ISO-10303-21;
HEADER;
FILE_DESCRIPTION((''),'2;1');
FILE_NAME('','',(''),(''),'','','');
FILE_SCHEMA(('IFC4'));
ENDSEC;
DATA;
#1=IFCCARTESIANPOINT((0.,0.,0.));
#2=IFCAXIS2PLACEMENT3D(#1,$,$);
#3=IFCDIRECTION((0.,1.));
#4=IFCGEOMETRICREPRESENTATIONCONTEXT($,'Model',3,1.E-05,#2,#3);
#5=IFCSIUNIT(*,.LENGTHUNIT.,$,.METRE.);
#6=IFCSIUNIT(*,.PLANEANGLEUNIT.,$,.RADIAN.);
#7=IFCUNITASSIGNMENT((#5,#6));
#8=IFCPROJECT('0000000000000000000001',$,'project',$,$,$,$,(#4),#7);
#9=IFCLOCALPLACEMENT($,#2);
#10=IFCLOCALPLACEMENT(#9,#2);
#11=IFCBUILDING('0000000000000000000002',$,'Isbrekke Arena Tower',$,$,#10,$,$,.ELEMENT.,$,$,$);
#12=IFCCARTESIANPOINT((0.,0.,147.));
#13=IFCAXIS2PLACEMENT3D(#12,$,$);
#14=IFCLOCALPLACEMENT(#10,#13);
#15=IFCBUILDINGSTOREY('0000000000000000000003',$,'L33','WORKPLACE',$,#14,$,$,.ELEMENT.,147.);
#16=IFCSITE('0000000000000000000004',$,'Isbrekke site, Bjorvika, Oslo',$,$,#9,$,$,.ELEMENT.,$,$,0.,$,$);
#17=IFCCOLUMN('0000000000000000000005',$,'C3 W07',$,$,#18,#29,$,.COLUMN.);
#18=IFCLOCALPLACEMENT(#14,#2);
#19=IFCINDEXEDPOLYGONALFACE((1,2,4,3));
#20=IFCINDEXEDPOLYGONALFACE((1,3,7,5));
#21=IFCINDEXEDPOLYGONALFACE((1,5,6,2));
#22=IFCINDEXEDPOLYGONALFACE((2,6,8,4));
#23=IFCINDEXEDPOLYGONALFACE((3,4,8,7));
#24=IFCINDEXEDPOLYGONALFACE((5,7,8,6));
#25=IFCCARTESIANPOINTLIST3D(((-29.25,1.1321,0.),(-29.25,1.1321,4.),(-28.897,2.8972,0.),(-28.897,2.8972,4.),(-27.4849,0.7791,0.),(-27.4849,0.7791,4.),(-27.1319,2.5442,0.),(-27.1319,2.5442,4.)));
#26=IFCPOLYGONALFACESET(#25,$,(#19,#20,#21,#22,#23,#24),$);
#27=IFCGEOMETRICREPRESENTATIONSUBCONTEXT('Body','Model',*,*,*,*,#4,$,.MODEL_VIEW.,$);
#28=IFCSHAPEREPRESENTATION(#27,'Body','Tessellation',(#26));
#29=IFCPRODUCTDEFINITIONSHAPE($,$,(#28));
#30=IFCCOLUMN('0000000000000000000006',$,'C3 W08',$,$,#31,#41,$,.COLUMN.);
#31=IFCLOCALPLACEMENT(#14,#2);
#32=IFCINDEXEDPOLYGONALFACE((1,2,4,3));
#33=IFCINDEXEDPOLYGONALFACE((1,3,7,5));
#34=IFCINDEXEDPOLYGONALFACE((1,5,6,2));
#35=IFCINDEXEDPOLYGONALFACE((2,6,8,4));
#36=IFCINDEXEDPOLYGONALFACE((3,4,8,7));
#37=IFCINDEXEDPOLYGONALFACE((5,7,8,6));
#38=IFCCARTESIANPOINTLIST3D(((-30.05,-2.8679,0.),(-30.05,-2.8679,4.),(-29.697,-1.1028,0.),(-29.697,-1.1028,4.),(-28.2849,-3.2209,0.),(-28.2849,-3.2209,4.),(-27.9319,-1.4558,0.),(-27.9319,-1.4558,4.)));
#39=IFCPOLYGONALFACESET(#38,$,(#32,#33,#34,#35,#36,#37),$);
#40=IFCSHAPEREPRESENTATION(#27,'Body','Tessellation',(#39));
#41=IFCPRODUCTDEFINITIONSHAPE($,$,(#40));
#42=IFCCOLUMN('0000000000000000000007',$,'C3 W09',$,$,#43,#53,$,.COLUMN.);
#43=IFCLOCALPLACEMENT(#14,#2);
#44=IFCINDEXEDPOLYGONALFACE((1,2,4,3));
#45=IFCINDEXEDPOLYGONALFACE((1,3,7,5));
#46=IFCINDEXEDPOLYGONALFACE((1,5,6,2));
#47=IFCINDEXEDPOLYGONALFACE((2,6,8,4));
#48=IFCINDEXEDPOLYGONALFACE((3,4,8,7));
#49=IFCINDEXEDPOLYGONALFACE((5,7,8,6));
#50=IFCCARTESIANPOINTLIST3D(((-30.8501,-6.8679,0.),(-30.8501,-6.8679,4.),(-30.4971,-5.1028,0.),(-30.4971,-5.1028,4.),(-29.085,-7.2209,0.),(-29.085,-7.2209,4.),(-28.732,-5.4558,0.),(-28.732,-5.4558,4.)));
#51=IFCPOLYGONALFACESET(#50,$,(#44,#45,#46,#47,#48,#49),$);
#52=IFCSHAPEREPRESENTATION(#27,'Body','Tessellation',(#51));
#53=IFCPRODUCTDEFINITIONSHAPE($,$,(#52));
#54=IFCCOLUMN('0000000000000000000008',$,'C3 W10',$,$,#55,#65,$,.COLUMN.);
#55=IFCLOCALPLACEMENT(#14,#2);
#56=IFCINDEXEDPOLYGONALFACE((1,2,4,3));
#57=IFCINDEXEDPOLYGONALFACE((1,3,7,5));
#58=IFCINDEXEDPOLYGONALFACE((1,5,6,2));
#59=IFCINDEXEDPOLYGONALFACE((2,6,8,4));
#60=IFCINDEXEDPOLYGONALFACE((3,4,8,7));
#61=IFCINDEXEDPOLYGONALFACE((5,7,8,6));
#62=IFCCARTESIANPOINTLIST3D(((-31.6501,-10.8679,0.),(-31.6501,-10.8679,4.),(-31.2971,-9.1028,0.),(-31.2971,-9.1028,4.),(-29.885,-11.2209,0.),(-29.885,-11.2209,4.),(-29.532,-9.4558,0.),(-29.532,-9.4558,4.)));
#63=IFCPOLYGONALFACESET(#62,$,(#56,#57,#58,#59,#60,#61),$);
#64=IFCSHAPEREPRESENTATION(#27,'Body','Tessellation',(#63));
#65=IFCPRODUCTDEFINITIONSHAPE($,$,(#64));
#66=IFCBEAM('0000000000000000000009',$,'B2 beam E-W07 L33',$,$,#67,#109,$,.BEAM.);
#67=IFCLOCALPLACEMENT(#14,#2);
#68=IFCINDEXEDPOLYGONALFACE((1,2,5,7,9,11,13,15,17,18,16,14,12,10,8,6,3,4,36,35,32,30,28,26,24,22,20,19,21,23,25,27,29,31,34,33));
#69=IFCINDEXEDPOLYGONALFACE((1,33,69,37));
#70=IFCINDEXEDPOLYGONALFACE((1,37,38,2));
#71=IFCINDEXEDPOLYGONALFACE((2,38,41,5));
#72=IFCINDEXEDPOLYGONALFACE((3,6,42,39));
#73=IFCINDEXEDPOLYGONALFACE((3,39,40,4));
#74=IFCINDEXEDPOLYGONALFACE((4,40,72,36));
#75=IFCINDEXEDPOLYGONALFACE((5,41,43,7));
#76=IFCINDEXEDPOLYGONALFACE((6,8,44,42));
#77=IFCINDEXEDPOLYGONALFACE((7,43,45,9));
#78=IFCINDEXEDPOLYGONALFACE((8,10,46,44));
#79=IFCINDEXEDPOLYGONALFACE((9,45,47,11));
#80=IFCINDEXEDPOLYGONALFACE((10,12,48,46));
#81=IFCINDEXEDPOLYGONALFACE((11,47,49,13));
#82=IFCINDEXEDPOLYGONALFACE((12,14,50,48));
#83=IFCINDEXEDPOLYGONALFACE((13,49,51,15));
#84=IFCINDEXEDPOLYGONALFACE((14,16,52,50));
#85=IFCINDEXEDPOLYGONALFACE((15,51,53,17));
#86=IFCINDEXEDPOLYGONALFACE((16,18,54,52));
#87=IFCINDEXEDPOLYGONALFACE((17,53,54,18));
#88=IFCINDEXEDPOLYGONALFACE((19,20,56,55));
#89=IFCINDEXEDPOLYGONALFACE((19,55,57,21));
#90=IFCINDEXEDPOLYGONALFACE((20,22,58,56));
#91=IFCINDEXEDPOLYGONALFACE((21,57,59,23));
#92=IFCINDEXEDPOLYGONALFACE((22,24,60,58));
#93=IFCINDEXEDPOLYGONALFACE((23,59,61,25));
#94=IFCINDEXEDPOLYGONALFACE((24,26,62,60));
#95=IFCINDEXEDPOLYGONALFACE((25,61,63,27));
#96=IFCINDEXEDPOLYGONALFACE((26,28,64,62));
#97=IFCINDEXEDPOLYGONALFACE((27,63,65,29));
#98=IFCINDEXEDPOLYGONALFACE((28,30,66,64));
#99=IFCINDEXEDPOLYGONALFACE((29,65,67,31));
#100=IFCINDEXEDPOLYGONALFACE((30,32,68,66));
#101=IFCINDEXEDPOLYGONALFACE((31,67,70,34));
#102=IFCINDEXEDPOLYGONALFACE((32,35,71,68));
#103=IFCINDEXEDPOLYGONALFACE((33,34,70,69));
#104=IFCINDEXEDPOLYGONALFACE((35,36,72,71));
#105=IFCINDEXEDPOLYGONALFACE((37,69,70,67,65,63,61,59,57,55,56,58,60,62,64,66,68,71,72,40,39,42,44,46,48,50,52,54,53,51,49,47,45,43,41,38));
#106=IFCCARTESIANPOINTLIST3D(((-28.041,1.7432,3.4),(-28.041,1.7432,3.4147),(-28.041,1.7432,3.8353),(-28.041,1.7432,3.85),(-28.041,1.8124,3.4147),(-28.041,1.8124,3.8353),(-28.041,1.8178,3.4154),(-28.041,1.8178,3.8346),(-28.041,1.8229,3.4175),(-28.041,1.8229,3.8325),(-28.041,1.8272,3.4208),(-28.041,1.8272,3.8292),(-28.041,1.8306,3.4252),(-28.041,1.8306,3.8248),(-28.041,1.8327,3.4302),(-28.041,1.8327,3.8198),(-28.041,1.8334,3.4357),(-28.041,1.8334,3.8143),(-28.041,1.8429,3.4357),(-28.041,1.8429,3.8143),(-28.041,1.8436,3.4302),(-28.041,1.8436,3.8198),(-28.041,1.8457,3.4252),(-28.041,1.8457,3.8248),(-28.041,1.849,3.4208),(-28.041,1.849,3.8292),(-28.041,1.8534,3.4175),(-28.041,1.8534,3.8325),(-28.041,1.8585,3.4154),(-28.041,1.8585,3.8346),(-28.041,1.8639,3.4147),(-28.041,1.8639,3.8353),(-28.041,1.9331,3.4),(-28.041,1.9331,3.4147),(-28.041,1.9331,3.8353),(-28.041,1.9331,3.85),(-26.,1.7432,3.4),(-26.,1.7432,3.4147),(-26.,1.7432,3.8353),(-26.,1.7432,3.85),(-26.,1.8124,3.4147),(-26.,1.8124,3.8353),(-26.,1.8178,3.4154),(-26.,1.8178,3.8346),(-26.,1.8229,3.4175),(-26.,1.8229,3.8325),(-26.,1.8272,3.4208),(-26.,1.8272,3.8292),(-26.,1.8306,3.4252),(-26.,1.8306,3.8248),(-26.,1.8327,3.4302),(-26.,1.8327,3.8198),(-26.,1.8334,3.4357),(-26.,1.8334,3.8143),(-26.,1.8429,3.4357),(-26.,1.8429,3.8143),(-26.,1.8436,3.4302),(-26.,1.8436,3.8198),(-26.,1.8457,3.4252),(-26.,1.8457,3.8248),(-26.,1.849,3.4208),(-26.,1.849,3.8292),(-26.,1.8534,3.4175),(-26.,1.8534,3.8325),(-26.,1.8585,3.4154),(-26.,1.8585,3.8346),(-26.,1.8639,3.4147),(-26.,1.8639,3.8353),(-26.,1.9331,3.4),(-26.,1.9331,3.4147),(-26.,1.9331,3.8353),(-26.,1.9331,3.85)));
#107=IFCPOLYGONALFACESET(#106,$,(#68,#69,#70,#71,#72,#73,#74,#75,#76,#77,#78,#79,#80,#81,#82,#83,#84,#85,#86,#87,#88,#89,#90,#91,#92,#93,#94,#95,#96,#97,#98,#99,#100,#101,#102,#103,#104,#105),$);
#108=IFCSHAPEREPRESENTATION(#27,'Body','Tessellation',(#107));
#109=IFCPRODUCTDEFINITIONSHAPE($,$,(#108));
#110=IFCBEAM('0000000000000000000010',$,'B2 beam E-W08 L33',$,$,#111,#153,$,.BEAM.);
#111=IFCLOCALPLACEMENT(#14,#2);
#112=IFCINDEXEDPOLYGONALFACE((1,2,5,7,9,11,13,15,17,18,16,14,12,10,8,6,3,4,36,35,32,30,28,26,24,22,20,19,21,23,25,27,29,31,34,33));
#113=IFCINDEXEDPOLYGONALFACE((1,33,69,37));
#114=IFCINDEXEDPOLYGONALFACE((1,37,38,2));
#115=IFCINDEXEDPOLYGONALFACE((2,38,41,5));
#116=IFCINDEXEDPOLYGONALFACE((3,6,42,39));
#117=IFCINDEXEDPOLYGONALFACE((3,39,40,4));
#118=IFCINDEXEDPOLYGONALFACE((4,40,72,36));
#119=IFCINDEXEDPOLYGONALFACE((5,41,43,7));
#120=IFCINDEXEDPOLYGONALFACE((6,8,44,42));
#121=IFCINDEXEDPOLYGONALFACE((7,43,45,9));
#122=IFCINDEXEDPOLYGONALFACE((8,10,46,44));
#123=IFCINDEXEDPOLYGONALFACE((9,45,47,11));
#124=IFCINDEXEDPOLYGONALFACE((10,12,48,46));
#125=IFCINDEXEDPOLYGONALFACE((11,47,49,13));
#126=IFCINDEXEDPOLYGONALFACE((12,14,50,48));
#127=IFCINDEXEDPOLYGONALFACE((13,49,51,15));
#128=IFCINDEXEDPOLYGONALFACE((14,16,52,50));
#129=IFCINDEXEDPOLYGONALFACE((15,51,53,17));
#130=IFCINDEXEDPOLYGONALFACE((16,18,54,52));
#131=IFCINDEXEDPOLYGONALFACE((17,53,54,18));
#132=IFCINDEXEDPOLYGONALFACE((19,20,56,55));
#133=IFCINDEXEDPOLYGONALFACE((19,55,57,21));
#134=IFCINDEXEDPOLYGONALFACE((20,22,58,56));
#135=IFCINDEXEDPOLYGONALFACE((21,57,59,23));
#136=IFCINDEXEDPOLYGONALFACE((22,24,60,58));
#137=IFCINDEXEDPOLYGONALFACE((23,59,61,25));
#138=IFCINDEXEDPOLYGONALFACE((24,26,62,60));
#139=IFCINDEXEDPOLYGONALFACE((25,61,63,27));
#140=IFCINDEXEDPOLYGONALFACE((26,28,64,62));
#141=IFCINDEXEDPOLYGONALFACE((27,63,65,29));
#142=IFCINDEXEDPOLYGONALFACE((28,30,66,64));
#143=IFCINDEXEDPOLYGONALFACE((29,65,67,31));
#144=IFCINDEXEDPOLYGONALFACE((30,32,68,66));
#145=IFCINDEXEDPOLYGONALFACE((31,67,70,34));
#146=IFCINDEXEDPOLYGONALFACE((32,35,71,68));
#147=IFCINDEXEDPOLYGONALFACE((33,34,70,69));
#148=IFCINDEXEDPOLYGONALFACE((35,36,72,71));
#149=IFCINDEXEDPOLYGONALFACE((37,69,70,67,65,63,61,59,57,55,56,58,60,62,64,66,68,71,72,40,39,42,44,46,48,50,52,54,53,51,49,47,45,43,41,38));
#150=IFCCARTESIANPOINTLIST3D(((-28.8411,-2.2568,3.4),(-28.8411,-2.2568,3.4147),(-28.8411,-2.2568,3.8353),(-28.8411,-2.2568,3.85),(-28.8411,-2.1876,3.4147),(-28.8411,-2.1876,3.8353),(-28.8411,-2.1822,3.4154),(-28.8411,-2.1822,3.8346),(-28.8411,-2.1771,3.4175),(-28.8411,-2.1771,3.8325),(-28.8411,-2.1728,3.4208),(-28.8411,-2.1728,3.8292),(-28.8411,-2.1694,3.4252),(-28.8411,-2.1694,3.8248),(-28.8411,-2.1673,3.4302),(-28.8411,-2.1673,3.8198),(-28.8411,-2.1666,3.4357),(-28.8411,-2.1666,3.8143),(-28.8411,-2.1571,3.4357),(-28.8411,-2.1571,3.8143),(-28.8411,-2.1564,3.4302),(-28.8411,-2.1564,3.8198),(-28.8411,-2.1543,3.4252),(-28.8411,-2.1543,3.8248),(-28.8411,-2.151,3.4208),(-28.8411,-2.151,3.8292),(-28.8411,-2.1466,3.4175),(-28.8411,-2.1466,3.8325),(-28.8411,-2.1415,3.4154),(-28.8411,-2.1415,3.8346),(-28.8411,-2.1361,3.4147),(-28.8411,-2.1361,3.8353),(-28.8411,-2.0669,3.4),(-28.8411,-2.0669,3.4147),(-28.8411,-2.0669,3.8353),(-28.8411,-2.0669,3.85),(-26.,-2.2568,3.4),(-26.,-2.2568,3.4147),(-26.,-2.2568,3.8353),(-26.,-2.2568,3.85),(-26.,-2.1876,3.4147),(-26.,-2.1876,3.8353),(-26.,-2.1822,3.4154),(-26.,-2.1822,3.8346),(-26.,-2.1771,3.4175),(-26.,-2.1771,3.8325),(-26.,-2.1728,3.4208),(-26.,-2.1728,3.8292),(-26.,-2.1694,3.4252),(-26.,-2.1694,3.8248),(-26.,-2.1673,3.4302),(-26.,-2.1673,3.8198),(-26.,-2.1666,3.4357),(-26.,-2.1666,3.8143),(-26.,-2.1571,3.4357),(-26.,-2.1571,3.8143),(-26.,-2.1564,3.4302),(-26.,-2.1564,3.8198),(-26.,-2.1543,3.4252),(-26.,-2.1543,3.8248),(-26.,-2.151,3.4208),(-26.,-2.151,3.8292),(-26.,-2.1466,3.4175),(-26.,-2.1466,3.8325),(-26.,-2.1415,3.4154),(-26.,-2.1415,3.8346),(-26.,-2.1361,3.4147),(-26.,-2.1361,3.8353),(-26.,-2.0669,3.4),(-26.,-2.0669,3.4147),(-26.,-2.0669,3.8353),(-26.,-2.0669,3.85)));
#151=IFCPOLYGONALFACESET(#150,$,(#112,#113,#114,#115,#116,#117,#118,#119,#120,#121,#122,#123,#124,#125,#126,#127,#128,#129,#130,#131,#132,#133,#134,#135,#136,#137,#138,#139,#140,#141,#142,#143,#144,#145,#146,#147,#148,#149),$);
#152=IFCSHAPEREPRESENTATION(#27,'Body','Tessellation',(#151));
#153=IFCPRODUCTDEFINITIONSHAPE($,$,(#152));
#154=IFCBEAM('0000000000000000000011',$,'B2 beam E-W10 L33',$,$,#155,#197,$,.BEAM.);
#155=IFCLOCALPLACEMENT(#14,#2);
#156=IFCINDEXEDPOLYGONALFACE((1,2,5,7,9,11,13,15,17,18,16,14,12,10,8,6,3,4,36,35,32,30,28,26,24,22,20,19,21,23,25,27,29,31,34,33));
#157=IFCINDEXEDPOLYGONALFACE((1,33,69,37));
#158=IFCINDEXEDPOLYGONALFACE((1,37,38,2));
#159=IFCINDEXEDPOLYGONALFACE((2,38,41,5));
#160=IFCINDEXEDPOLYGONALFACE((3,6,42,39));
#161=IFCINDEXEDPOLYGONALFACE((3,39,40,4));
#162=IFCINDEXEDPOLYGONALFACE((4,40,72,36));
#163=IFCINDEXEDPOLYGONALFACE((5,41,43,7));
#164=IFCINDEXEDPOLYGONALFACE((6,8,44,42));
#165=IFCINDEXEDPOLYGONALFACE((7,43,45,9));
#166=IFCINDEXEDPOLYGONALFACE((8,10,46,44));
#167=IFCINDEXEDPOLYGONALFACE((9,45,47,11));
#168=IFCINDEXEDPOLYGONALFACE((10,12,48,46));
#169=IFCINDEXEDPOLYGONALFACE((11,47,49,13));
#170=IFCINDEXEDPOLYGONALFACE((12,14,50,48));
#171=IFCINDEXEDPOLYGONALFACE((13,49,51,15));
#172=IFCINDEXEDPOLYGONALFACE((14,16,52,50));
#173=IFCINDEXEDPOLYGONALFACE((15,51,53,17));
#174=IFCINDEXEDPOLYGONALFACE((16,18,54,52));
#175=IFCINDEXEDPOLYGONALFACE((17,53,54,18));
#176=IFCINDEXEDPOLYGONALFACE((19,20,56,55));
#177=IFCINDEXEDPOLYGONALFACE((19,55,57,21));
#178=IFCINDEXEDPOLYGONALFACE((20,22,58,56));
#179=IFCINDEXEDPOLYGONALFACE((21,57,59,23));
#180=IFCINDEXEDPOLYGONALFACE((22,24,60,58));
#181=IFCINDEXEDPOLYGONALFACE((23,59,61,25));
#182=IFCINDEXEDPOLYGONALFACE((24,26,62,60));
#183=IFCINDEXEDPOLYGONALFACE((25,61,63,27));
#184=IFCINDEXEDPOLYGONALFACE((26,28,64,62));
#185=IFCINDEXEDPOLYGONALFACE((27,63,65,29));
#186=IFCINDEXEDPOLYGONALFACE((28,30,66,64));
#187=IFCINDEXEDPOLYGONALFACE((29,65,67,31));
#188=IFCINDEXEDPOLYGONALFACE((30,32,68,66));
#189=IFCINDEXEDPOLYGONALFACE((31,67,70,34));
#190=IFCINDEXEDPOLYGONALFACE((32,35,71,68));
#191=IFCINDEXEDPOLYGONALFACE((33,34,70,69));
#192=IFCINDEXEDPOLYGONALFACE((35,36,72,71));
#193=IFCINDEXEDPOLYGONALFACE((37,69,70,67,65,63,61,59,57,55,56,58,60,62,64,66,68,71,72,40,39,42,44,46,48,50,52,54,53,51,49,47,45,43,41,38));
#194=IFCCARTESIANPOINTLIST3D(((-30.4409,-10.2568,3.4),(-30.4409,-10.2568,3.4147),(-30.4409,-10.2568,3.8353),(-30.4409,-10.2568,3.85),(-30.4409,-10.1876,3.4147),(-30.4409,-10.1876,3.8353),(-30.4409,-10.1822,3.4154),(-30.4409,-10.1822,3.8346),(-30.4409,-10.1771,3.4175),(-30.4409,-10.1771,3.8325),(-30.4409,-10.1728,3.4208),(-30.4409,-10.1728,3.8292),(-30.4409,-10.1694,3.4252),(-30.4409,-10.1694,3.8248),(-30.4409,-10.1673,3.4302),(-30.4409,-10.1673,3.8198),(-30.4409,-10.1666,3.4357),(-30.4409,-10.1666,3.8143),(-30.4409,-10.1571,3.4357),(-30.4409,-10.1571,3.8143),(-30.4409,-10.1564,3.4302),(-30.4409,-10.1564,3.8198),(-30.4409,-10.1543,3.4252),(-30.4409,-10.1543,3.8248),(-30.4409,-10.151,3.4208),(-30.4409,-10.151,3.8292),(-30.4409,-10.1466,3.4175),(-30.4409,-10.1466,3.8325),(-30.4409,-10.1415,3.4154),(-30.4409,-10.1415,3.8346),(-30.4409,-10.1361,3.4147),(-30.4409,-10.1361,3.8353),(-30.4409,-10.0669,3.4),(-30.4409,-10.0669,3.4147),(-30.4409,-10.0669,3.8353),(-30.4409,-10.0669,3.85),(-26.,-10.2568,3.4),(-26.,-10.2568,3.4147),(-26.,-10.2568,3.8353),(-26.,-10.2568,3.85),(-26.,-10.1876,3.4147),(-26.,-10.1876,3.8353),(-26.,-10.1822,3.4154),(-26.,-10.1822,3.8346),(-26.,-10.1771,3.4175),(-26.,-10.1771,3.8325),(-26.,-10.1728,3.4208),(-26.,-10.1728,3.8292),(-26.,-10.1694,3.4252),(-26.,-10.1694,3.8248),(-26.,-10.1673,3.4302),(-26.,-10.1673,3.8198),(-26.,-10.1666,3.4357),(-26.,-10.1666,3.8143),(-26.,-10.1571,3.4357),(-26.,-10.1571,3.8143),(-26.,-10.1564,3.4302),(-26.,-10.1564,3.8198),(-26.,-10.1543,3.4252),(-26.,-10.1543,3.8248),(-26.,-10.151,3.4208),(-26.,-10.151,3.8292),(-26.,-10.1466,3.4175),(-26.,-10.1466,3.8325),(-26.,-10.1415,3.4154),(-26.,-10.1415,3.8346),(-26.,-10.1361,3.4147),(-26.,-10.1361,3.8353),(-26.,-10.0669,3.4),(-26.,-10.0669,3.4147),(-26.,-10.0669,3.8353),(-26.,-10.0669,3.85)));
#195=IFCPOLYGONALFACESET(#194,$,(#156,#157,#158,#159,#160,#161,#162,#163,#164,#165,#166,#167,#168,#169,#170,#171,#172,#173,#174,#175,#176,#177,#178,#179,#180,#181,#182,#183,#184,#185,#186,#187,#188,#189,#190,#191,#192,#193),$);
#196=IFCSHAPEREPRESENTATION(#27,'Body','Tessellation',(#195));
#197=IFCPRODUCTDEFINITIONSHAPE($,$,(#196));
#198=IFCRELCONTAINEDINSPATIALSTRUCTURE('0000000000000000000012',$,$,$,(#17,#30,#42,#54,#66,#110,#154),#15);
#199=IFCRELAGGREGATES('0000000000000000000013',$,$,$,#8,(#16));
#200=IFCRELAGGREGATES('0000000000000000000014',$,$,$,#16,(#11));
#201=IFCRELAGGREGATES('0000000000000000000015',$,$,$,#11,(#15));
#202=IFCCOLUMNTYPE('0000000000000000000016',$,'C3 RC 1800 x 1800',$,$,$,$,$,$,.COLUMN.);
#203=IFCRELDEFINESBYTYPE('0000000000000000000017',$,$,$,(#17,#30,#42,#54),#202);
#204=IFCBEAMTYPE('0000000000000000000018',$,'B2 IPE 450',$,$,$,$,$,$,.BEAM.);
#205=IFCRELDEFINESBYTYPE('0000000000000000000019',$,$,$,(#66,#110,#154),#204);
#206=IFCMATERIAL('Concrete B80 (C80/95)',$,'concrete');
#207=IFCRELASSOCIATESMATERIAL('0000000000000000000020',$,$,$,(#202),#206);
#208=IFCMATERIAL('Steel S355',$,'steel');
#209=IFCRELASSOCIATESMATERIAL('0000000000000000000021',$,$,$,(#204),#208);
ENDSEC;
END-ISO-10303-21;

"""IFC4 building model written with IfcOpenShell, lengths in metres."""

from ifc_helpers import new_model, si_unit, direction, frame, origin, origin_2d, place, context, subcontext, project, spatial, rectangle, i_section, extrude, material, material_profile, profile_set, type_object, element, save


model = new_model("IFC4")

# Units and contexts
model_context = context("Model", 3, precision=1e-05, world=origin(), true_north=direction((0.0, 1.0)))
body_context = subcontext(model_context, "Body", "Model", "MODEL_VIEW")
ifc_project = project(units=[si_unit("LENGTHUNIT", "METRE"), si_unit("PLANEANGLEUNIT", "RADIAN")], contexts=[model_context])

# Site, building, storey
site_placement = place(None, origin())
site = spatial("IfcSite", under=ifc_project, at=site_placement, Name="Isbrekke site, Bjorvika, Oslo", CompositionType="ELEMENT", RefElevation=0.0)
building_placement = place(site_placement, origin())
building = spatial("IfcBuilding", under=site, at=building_placement, Name="Isbrekke Arena Tower", CompositionType="ELEMENT")
storey_placement = place(building_placement, frame((0.0, 0.0, 147.0)))
storey = spatial("IfcBuildingStorey", under=building, at=storey_placement, Name="L33", Description="WORKPLACE", CompositionType="ELEMENT", Elevation=147.0)

# Columns
ifc_material_1 = material(Name="Concrete B80 (C80/95)", Category="concrete")
ifc_material_profile_1 = material_profile(ifc_material_1, rectangle(XDim=1.8, YDim=1.8, at=origin_2d()), Name="RC 1800x1800")
ifc_profile_set_1 = profile_set([ifc_material_profile_1], Name="Concrete B80 (C80/95)")
column_type = type_object("IfcColumnType", Name="C3 RC 1800 x 1800", PredefinedType="COLUMN", material=ifc_profile_set_1)
for number, where, z_axis, x_axis, name in (
    (1, (-28.1909, 1.8381, 0.0), (0.0, 0.0, 1.0), (-0.196116, -0.980581, 0.0), "C3 W07"),
    (2, (-28.991, -2.1619, 0.0), (0.0, 0.0, 1.0), (-0.196116, -0.980581, 0.0), "C3 W08"),
    (3, (-29.791, -6.1619, 0.0), (0.0, 0.0, 1.0), (-0.196116, -0.980581, 0.0), "C3 W09"),
    (4, (-30.5911, -10.1619, 0.0), (0.0, 0.0, 1.0), (-0.196116, -0.980581, 0.0), "C3 W10"),
):
    element("IfcColumn", number, at=place(storey_placement, frame(where, z_axis=z_axis, x_axis=x_axis)), inside=storey, type_object=column_type, Name=name, PredefinedType="COLUMN", context=body_context, shape_type="SweptSolid", body=[
        extrude(rectangle(XDim=1.8, YDim=1.8, at=origin_2d()), origin(), (0.0, 0.0, 1.0), 4.0),
    ])

# Beams
ifc_material_2 = material(Name="Steel S355", Category="steel")
ifc_material_profile_2 = material_profile(ifc_material_2, i_section(OverallWidth=0.1899, OverallDepth=0.45, WebThickness=0.0095, FlangeThickness=0.0146, FilletRadius=0.021, at=origin_2d()), Name="IPE 450")
ifc_profile_set_2 = profile_set([ifc_material_profile_2], Name="Steel S355")
beam_type_1 = type_object("IfcBeamType", Name="B2 IPE 450", PredefinedType="BEAM", material=ifc_profile_set_2)
beam_1_placement = place(storey_placement, frame((-28.041, 1.8381, 3.625), z_axis=(1.0, 0.0, 0.0), x_axis=(0.0, 1.0, 0.0)))
element("IfcBeam", 5, at=beam_1_placement, inside=storey, type_object=beam_type_1, Name="B2 beam E-W07 L33", PredefinedType="BEAM", context=body_context, shape_type="SweptSolid", body=[
    extrude(i_section(OverallWidth=0.1899, OverallDepth=0.45, WebThickness=0.0095, FlangeThickness=0.0146, FilletRadius=0.021, at=origin_2d()), origin(), (0.0, 0.0, 1.0), 2.041),
])
beam_2_placement = place(storey_placement, frame((-28.8411, -2.1619, 3.625), z_axis=(1.0, 0.0, 0.0), x_axis=(0.0, 1.0, 0.0)))
element("IfcBeam", 6, at=beam_2_placement, inside=storey, type_object=beam_type_1, Name="B2 beam E-W08 L33", PredefinedType="BEAM", context=body_context, shape_type="SweptSolid", body=[
    extrude(i_section(OverallWidth=0.1899, OverallDepth=0.45, WebThickness=0.0095, FlangeThickness=0.0146, FilletRadius=0.021, at=origin_2d()), origin(), (0.0, 0.0, 1.0), 2.8411),
])
beam_3_placement = place(storey_placement, frame((-30.4409, -10.1619, 3.625), z_axis=(1.0, 0.0, 0.0), x_axis=(0.0, 1.0, 0.0)))
element("IfcBeam", 7, at=beam_3_placement, inside=storey, type_object=beam_type_1, Name="B2 beam E-W10 L33", PredefinedType="BEAM", context=body_context, shape_type="SweptSolid", body=[
    extrude(i_section(OverallWidth=0.1899, OverallDepth=0.45, WebThickness=0.0095, FlangeThickness=0.0146, FilletRadius=0.021, at=origin_2d()), origin(), (0.0, 0.0, 1.0), 4.4409),
])

save(model, "model.ifc")
